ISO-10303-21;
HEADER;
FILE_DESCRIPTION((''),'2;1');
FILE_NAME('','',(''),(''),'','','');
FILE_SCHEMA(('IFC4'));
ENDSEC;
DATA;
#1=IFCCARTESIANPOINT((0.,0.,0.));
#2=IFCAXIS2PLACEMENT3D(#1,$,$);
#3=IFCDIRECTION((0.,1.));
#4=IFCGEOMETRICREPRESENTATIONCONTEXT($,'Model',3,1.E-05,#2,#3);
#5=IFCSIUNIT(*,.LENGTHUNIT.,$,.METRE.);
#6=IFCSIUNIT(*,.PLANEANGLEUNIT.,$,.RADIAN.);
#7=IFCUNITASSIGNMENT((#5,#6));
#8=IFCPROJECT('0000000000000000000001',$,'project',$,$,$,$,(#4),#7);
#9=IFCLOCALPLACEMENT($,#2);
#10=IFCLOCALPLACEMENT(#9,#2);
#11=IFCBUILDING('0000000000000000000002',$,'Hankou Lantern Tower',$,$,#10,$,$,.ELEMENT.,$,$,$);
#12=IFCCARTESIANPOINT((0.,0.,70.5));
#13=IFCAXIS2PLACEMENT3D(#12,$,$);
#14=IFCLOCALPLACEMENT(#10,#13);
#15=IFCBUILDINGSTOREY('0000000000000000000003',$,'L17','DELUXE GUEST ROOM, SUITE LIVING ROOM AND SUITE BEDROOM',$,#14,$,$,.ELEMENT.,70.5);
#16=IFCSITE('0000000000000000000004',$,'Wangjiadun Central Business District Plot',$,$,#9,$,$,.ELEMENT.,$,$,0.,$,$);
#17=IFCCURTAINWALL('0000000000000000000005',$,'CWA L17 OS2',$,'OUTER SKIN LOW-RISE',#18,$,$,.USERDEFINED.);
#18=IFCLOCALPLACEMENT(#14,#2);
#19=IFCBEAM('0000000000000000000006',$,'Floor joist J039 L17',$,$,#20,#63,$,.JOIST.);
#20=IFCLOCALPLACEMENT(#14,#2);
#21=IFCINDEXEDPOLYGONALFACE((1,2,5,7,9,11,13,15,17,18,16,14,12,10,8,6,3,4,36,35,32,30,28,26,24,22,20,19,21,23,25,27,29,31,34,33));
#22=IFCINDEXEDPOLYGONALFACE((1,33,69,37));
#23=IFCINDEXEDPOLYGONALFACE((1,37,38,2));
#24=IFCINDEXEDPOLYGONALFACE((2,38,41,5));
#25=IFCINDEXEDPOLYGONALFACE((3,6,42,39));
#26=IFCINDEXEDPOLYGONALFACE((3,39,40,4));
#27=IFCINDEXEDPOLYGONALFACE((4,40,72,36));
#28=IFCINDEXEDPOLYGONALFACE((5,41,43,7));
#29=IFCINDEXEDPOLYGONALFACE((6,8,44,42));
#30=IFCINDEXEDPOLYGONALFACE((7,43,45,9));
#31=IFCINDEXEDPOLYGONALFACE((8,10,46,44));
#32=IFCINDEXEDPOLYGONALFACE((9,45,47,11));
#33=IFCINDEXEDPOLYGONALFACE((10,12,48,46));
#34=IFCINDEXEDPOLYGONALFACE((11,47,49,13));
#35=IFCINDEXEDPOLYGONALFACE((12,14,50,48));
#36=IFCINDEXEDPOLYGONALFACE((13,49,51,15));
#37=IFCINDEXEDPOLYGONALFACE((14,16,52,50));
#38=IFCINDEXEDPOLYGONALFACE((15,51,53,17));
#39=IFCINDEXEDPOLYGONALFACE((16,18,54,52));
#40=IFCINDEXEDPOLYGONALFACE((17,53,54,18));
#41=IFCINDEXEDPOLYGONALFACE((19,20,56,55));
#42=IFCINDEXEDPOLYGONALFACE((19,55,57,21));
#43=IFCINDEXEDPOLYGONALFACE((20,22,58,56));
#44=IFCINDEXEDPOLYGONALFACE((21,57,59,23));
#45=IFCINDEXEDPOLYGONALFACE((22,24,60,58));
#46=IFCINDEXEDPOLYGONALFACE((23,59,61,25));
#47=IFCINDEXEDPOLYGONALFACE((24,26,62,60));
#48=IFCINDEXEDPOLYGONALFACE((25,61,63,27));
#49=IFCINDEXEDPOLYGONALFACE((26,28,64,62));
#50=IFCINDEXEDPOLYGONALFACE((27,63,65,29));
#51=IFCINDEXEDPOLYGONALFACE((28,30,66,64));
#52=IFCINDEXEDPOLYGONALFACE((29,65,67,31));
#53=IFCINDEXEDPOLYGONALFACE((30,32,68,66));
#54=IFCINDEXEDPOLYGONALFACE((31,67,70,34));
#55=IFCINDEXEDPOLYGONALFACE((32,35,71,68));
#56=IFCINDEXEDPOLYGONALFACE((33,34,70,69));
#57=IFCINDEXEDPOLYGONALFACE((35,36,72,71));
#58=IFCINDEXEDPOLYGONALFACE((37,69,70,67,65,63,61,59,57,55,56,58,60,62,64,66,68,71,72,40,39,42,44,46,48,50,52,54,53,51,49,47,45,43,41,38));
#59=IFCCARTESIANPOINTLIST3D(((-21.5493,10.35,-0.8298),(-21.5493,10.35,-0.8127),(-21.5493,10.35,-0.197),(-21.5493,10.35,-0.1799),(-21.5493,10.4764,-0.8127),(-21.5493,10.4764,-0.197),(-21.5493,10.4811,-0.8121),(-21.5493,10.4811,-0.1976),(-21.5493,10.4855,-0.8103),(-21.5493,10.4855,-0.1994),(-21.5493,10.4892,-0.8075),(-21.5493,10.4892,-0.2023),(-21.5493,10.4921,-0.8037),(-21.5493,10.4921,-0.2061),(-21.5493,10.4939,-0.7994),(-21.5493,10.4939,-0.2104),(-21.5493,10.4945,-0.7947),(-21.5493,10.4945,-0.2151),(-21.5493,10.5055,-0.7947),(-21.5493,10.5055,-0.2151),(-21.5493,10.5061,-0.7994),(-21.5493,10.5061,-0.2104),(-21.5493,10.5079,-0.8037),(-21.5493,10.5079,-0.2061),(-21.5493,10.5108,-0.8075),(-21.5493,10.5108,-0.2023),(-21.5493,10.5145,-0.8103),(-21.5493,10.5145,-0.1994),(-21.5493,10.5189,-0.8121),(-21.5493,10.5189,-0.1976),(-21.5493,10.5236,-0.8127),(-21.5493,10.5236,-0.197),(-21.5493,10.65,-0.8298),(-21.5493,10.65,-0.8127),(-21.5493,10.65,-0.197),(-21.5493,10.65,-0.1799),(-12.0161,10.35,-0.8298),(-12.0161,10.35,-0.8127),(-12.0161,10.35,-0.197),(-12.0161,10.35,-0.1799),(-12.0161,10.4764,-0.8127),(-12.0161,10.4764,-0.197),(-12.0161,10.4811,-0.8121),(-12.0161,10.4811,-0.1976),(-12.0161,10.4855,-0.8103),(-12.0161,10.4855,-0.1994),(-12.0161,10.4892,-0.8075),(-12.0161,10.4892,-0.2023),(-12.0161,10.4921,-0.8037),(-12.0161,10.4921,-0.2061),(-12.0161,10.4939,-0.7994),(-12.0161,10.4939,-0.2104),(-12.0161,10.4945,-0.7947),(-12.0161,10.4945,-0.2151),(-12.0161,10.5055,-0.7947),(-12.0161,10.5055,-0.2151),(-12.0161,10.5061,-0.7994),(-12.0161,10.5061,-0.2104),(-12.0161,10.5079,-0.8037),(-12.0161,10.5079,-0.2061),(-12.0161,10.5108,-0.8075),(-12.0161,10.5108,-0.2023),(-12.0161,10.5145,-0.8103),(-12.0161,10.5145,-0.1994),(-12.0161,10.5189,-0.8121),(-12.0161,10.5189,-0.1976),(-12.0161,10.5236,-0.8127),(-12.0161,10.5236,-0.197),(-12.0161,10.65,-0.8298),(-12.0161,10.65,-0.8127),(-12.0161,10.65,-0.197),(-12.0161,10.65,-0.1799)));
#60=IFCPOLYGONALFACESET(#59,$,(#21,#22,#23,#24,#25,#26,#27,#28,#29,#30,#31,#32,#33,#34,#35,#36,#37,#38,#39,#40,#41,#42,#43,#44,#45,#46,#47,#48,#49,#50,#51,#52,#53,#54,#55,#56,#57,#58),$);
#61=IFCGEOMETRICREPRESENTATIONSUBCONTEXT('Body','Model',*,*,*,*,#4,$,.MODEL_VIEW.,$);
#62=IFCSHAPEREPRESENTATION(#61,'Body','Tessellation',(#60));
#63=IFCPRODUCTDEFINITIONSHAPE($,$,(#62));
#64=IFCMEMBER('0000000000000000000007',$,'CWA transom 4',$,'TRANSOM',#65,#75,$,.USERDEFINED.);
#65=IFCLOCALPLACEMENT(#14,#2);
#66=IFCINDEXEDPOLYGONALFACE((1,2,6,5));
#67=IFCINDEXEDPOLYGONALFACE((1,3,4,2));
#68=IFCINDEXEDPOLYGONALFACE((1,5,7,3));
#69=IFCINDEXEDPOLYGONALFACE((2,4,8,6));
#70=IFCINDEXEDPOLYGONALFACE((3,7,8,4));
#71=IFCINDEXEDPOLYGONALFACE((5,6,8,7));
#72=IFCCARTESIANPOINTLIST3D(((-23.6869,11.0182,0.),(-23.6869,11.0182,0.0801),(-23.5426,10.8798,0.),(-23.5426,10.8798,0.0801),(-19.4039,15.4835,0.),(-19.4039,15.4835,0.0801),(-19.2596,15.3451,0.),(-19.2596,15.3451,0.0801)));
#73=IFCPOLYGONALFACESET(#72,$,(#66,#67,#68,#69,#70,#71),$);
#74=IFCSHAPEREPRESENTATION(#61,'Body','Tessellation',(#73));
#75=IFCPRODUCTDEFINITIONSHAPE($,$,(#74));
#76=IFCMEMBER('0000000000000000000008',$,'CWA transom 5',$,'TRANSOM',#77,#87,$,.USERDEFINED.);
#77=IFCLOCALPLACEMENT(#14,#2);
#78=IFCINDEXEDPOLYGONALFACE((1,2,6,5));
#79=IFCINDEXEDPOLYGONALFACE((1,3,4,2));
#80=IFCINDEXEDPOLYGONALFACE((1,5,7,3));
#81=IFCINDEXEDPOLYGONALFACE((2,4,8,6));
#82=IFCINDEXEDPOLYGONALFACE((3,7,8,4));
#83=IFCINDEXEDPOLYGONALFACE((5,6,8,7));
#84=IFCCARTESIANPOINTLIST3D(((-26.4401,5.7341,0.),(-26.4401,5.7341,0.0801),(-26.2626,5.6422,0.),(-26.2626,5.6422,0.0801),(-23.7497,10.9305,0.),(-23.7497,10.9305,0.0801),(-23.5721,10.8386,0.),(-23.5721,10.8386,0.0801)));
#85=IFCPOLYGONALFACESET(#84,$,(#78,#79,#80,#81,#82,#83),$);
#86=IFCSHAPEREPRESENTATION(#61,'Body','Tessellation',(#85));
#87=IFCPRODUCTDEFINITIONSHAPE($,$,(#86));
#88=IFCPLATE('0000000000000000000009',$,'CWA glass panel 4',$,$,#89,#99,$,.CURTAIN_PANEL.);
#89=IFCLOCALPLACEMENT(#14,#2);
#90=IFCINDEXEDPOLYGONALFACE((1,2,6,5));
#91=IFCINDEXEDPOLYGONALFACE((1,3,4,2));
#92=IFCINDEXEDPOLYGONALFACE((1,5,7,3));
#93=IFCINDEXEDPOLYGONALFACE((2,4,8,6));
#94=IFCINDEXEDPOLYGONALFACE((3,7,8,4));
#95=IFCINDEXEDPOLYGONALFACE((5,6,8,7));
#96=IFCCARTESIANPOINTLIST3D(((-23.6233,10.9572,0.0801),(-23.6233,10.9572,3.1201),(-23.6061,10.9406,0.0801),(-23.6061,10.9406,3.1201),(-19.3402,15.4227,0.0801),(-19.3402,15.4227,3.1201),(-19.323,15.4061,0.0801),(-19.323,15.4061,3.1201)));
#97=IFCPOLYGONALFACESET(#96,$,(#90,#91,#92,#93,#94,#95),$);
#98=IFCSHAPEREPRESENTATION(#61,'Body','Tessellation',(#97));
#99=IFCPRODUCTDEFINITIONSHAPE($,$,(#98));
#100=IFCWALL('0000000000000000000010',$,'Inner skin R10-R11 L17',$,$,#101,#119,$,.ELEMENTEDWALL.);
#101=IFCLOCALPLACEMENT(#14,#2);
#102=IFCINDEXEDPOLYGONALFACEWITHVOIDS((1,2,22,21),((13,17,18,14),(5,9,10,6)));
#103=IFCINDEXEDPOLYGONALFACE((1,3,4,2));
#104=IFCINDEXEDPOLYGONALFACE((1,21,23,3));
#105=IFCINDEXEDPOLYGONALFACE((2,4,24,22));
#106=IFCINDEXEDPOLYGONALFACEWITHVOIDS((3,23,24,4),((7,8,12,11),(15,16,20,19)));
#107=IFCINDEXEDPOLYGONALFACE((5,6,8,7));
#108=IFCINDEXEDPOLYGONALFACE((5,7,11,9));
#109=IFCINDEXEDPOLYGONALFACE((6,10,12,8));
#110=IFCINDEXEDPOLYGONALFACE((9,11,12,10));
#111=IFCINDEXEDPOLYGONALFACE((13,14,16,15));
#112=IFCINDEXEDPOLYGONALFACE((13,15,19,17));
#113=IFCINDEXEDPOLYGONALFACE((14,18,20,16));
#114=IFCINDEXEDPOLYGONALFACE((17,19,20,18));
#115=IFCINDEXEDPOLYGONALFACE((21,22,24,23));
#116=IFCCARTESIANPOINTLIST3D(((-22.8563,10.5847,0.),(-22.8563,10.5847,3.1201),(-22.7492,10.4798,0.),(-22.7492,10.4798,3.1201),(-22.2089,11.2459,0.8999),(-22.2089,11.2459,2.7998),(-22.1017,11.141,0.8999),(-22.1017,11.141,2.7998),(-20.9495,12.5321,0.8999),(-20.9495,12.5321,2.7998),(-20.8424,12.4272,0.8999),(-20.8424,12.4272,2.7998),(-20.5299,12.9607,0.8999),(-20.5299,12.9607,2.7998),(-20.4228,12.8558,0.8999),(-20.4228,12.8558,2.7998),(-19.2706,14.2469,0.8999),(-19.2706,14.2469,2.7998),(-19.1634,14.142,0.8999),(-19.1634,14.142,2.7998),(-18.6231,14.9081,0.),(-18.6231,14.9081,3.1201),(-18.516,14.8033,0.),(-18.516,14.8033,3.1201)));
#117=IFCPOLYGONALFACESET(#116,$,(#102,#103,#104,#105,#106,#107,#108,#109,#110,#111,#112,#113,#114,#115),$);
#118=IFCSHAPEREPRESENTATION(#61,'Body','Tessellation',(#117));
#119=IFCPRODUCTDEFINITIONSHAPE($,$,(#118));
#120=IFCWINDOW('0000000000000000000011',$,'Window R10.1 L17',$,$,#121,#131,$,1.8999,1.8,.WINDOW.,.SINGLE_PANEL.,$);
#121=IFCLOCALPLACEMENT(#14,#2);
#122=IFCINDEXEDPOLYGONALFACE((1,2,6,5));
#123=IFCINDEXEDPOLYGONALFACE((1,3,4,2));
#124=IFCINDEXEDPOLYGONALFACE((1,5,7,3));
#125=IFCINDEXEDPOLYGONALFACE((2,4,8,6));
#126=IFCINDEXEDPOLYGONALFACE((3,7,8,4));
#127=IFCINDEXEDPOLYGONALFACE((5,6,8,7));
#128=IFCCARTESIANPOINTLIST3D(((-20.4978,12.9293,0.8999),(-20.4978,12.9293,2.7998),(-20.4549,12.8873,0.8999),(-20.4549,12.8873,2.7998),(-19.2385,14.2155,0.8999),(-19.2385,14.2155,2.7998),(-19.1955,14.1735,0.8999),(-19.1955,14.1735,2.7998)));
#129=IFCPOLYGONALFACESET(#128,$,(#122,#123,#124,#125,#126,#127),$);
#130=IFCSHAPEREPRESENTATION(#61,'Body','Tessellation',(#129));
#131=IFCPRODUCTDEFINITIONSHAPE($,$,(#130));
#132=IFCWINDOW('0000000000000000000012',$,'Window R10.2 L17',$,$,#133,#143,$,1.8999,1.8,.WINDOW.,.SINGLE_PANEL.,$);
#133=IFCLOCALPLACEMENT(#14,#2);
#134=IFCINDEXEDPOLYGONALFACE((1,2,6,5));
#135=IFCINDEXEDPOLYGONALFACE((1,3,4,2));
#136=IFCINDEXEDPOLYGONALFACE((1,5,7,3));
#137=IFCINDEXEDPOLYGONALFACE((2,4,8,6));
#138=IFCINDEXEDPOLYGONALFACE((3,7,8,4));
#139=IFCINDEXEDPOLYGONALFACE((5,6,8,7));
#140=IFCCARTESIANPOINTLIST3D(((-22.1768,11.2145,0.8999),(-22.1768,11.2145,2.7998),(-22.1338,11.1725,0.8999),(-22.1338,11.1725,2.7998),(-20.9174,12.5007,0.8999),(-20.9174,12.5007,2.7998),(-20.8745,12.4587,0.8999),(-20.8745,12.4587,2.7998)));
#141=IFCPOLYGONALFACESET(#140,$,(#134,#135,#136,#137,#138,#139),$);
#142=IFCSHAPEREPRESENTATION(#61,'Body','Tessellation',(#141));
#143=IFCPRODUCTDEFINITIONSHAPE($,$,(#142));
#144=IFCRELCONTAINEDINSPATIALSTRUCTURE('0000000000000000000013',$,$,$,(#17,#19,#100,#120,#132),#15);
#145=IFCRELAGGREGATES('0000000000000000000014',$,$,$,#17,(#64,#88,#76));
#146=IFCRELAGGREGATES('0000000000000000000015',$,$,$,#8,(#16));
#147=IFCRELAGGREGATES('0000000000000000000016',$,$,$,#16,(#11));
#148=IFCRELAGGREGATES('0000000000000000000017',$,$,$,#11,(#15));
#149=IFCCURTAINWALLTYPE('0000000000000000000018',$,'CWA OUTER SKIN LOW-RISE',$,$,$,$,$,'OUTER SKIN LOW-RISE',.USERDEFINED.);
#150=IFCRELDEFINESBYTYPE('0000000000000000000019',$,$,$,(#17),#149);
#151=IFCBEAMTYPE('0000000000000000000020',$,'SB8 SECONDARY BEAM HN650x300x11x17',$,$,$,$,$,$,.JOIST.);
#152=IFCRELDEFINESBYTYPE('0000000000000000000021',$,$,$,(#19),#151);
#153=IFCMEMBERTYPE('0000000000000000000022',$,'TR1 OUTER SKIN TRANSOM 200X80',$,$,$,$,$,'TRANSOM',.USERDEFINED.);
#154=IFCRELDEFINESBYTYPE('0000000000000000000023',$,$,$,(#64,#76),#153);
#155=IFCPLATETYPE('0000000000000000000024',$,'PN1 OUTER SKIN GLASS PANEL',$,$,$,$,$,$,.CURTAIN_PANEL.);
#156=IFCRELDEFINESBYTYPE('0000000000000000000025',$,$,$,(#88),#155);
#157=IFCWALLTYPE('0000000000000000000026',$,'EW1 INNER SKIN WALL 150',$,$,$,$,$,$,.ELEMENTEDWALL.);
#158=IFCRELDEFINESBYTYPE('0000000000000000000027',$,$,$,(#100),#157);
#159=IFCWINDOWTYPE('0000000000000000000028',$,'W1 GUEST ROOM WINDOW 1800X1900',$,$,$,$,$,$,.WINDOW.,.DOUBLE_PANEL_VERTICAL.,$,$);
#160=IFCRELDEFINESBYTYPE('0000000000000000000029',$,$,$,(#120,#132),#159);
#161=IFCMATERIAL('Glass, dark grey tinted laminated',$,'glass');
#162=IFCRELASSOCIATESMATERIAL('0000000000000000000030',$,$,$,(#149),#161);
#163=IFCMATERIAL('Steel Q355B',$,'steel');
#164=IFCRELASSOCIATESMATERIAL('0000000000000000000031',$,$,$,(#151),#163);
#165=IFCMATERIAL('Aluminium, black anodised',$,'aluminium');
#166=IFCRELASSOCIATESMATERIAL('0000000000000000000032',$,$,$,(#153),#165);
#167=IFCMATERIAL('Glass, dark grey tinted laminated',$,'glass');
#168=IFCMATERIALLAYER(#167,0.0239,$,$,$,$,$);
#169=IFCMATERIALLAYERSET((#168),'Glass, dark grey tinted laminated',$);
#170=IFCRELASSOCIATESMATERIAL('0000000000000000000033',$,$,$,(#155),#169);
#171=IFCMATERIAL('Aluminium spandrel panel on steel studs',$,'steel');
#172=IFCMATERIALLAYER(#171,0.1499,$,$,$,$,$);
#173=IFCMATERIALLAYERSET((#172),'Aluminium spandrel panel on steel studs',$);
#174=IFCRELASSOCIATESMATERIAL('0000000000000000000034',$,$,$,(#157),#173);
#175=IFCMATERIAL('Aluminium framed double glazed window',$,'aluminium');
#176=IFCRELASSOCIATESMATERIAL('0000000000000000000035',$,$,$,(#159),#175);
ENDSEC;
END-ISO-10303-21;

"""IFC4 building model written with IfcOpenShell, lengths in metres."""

from ifc_helpers import new_model, si_unit, direction, frame, frame_2d, origin, origin_2d, place, context, subcontext, project, spatial, rectangle, i_section, extrude, material, layer, layer_set, material_profile, profile_set, type_object, element, fill, aggregate, save


model = new_model("IFC4")

# Units and contexts
model_context = context("Model", 3, precision=1e-05, world=origin(), true_north=direction((0.0, 1.0)))
body_context = subcontext(model_context, "Body", "Model", "MODEL_VIEW")
ifc_project = project(units=[si_unit("LENGTHUNIT", "METRE"), si_unit("PLANEANGLEUNIT", "RADIAN")], contexts=[model_context])

# Site, building, storey
site_placement = place(None, origin())
site = spatial("IfcSite", under=ifc_project, at=site_placement, Name="Wangjiadun Central Business District Plot", CompositionType="ELEMENT", RefElevation=0.0)
building_placement = place(site_placement, origin())
building = spatial("IfcBuilding", under=site, at=building_placement, Name="Hankou Lantern Tower", CompositionType="ELEMENT")
storey_placement = place(building_placement, frame((0.0, 0.0, 70.5)))
storey = spatial("IfcBuildingStorey", under=building, at=storey_placement, Name="L17", Description="DELUXE GUEST ROOM, SUITE LIVING ROOM AND SUITE BEDROOM", CompositionType="ELEMENT", Elevation=70.5)

# Curtain wall
ifc_material_1 = material(Name="Glass, dark grey tinted laminated", Category="glass")
curtain_wall_type = type_object("IfcCurtainWallType", Name="CWA OUTER SKIN LOW-RISE", ElementType="OUTER SKIN LOW-RISE", PredefinedType="USERDEFINED", material=ifc_material_1)
curtain_wall_placement = place(storey_placement, origin())
curtain_wall = element("IfcCurtainWall", 1, at=curtain_wall_placement, inside=storey, type_object=curtain_wall_type, Name="CWA L17 OS2", ObjectType="OUTER SKIN LOW-RISE", PredefinedType="USERDEFINED")

# Beam
ifc_material_2 = material(Name="Steel Q355B", Category="steel")
ifc_material_profile_1 = material_profile(ifc_material_2, i_section(OverallWidth=0.3, OverallDepth=0.6499, WebThickness=0.011, FlangeThickness=0.0171, FilletRadius=0.0181, at=origin_2d()), Name="HN650x300x11x17")
ifc_profile_set_1 = profile_set([ifc_material_profile_1], Name="Steel Q355B")
beam_type_1 = type_object("IfcBeamType", Name="SB8 SECONDARY BEAM HN650x300x11x17", PredefinedType="JOIST", material=ifc_profile_set_1)
beam_1_placement = place(storey_placement, frame((-21.5493, 10.5, -0.5049), z_axis=(1.0, 0.0, 0.0), x_axis=(0.0, 1.0, 0.0)))
element("IfcBeam", 2, at=beam_1_placement, inside=storey, type_object=beam_type_1, Name="Floor joist J039 L17", PredefinedType="JOIST", context=body_context, shape_type="SweptSolid", body=[
    extrude(i_section(OverallWidth=0.3, OverallDepth=0.6499, WebThickness=0.011, FlangeThickness=0.0171, FilletRadius=0.0181, at=origin_2d()), origin(), (0.0, 0.0, 1.0), 9.5332),
])

# Members
ifc_material_3 = material(Name="Aluminium, black anodised", Category="aluminium")
ifc_material_profile_2 = material_profile(ifc_material_3, rectangle(XDim=0.2, YDim=0.0801, at=origin_2d()), Name="TR1 200X80")
ifc_profile_set_2 = profile_set([ifc_material_profile_2], Name="Aluminium, black anodised")
member_type_1 = type_object("IfcMemberType", Name="TR1 OUTER SKIN TRANSOM 200X80", ElementType="TRANSOM", PredefinedType="USERDEFINED", material=ifc_profile_set_2)
member_1_placement = place(storey_placement, frame((-19.3318, 15.4143, 0.04), z_axis=(-0.692216, -0.721691, 0.0), x_axis=(0.721691, -0.692216, 0.0)))
member_1 = element("IfcMember", 3, at=member_1_placement, type_object=member_type_1, Name="CWA transom 4", ObjectType="TRANSOM", PredefinedType="USERDEFINED", context=body_context, shape_type="SweptSolid", body=[
    extrude(rectangle(XDim=0.2, YDim=0.0801, at=origin_2d()), origin(), (0.0, 0.0, 1.0), 6.1873),
])
member_2_placement = place(storey_placement, frame((-23.6609, 10.8845, 0.04), z_axis=(-0.459786, -0.88803, 0.0), x_axis=(0.88803, -0.459786, 0.0)))
member_2 = element("IfcMember", 4, at=member_2_placement, type_object=member_type_1, Name="CWA transom 5", ObjectType="TRANSOM", PredefinedType="USERDEFINED", context=body_context, shape_type="SweptSolid", body=[
    extrude(rectangle(XDim=0.2, YDim=0.0801, at=origin_2d()), origin(), (0.0, 0.0, 1.0), 5.8516),
])

# Plate
ifc_material_4 = material(Name="Glass, dark grey tinted laminated", Category="glass")
ifc_layer_1 = layer(ifc_material_4, 0.0239)
ifc_layer_set_1 = layer_set([ifc_layer_1], Name="Glass, dark grey tinted laminated")
plate_type = type_object("IfcPlateType", Name="PN1 OUTER SKIN GLASS PANEL", PredefinedType="CURTAIN_PANEL", material=ifc_layer_set_1)
plate_placement = place(storey_placement, frame((-21.4731, 13.1816, 0.0801), z_axis=(0.0, 0.0, 1.0), x_axis=(-0.692216, -0.721691, 0.0)))
plate = element("IfcPlate", 5, at=plate_placement, type_object=plate_type, Name="CWA glass panel 4", PredefinedType="CURTAIN_PANEL", context=body_context, shape_type="SweptSolid", body=[
    extrude(rectangle(XDim=6.1875, YDim=0.0239, at=origin_2d()), origin(), (0.0, 0.0, 1.0), 3.04),
])
aggregate(curtain_wall, [member_1, plate, member_2])

# Wall, openings, windows
ifc_material_5 = material(Name="Aluminium spandrel panel on steel studs", Category="steel")
ifc_layer_2 = layer(ifc_material_5, 0.1499)
ifc_layer_set_2 = layer_set([ifc_layer_2], Name="Aluminium spandrel panel on steel studs")
wall_type_1 = type_object("IfcWallType", Name="EW1 INNER SKIN WALL 150", PredefinedType="ELEMENTEDWALL", material=ifc_layer_set_2)
wall_1_placement = place(storey_placement, frame((-18.5696, 14.8557, 0.0), z_axis=(0.0, 0.0, 1.0), x_axis=(-0.699603, -0.714532, 0.0)))
wall_1 = element("IfcWall", 6, at=wall_1_placement, inside=storey, type_object=wall_type_1, Name="Inner skin R10-R11 L17", PredefinedType="ELEMENTEDWALL", context=body_context, shape_type="SweptSolid", body=[
    extrude(rectangle(XDim=6.0508, YDim=0.1499, at=frame_2d((3.0254, 0.0))), origin(), (0.0, 0.0, 1.0), 3.1201),
])
opening_1_placement = place(wall_1_placement, frame((0.9255, 0.0, 0.8999)))
opening_1 = element("IfcOpeningElement", 7, at=opening_1_placement, cuts=wall_1, PredefinedType="OPENING", context=body_context, shape_type="SweptSolid", body=[
    extrude(rectangle(XDim=1.8, YDim=1.8999, at=frame_2d((0.8999, 0.95))), frame((0.0, 0.085, 0.0), z_axis=(0.0, -1.0, 0.0), x_axis=(1.0, 0.0, 0.0)), (0.0, 0.0, 1.0), 0.1699),
])
opening_2_placement = place(wall_1_placement, frame((3.3254, 0.0, 0.8999)))
opening_2 = element("IfcOpeningElement", 8, at=opening_2_placement, cuts=wall_1, PredefinedType="OPENING", context=body_context, shape_type="SweptSolid", body=[
    extrude(rectangle(XDim=1.8, YDim=1.8999, at=frame_2d((0.8999, 0.95))), frame((0.0, 0.085, 0.0), z_axis=(0.0, -1.0, 0.0), x_axis=(1.0, 0.0, 0.0)), (0.0, 0.0, 1.0), 0.1699),
])
ifc_material_6 = material(Name="Aluminium framed double glazed window", Category="aluminium")
window_type = type_object("IfcWindowType", Name="W1 GUEST ROOM WINDOW 1800X1900", PartitioningType="DOUBLE_PANEL_VERTICAL", PredefinedType="WINDOW", material=ifc_material_6)
window_1_placement = place(opening_1_placement, origin())
window_1 = element("IfcWindow", 9, at=window_1_placement, inside=storey, type_object=window_type, Name="Window R10.1 L17", OverallHeight=1.8999, OverallWidth=1.8, PartitioningType="SINGLE_PANEL", PredefinedType="WINDOW", context=body_context, shape_type="SweptSolid", body=[
    extrude(rectangle(XDim=1.8, YDim=1.8999, at=frame_2d((0.8999, 0.95))), frame((0.0, 0.03, 0.0), z_axis=(0.0, -1.0, 0.0), x_axis=(1.0, 0.0, 0.0)), (0.0, 0.0, 1.0), 0.0601),
])
fill(opening_1, window_1)
window_2_placement = place(opening_2_placement, origin())
window_2 = element("IfcWindow", 10, at=window_2_placement, inside=storey, type_object=window_type, Name="Window R10.2 L17", OverallHeight=1.8999, OverallWidth=1.8, PartitioningType="SINGLE_PANEL", PredefinedType="WINDOW", context=body_context, shape_type="SweptSolid", body=[
    extrude(rectangle(XDim=1.8, YDim=1.8999, at=frame_2d((0.8999, 0.95))), frame((0.0, 0.03, 0.0), z_axis=(0.0, -1.0, 0.0), x_axis=(1.0, 0.0, 0.0)), (0.0, 0.0, 1.0), 0.0601),
])
fill(opening_2, window_2)

save(model, "model.ifc")
